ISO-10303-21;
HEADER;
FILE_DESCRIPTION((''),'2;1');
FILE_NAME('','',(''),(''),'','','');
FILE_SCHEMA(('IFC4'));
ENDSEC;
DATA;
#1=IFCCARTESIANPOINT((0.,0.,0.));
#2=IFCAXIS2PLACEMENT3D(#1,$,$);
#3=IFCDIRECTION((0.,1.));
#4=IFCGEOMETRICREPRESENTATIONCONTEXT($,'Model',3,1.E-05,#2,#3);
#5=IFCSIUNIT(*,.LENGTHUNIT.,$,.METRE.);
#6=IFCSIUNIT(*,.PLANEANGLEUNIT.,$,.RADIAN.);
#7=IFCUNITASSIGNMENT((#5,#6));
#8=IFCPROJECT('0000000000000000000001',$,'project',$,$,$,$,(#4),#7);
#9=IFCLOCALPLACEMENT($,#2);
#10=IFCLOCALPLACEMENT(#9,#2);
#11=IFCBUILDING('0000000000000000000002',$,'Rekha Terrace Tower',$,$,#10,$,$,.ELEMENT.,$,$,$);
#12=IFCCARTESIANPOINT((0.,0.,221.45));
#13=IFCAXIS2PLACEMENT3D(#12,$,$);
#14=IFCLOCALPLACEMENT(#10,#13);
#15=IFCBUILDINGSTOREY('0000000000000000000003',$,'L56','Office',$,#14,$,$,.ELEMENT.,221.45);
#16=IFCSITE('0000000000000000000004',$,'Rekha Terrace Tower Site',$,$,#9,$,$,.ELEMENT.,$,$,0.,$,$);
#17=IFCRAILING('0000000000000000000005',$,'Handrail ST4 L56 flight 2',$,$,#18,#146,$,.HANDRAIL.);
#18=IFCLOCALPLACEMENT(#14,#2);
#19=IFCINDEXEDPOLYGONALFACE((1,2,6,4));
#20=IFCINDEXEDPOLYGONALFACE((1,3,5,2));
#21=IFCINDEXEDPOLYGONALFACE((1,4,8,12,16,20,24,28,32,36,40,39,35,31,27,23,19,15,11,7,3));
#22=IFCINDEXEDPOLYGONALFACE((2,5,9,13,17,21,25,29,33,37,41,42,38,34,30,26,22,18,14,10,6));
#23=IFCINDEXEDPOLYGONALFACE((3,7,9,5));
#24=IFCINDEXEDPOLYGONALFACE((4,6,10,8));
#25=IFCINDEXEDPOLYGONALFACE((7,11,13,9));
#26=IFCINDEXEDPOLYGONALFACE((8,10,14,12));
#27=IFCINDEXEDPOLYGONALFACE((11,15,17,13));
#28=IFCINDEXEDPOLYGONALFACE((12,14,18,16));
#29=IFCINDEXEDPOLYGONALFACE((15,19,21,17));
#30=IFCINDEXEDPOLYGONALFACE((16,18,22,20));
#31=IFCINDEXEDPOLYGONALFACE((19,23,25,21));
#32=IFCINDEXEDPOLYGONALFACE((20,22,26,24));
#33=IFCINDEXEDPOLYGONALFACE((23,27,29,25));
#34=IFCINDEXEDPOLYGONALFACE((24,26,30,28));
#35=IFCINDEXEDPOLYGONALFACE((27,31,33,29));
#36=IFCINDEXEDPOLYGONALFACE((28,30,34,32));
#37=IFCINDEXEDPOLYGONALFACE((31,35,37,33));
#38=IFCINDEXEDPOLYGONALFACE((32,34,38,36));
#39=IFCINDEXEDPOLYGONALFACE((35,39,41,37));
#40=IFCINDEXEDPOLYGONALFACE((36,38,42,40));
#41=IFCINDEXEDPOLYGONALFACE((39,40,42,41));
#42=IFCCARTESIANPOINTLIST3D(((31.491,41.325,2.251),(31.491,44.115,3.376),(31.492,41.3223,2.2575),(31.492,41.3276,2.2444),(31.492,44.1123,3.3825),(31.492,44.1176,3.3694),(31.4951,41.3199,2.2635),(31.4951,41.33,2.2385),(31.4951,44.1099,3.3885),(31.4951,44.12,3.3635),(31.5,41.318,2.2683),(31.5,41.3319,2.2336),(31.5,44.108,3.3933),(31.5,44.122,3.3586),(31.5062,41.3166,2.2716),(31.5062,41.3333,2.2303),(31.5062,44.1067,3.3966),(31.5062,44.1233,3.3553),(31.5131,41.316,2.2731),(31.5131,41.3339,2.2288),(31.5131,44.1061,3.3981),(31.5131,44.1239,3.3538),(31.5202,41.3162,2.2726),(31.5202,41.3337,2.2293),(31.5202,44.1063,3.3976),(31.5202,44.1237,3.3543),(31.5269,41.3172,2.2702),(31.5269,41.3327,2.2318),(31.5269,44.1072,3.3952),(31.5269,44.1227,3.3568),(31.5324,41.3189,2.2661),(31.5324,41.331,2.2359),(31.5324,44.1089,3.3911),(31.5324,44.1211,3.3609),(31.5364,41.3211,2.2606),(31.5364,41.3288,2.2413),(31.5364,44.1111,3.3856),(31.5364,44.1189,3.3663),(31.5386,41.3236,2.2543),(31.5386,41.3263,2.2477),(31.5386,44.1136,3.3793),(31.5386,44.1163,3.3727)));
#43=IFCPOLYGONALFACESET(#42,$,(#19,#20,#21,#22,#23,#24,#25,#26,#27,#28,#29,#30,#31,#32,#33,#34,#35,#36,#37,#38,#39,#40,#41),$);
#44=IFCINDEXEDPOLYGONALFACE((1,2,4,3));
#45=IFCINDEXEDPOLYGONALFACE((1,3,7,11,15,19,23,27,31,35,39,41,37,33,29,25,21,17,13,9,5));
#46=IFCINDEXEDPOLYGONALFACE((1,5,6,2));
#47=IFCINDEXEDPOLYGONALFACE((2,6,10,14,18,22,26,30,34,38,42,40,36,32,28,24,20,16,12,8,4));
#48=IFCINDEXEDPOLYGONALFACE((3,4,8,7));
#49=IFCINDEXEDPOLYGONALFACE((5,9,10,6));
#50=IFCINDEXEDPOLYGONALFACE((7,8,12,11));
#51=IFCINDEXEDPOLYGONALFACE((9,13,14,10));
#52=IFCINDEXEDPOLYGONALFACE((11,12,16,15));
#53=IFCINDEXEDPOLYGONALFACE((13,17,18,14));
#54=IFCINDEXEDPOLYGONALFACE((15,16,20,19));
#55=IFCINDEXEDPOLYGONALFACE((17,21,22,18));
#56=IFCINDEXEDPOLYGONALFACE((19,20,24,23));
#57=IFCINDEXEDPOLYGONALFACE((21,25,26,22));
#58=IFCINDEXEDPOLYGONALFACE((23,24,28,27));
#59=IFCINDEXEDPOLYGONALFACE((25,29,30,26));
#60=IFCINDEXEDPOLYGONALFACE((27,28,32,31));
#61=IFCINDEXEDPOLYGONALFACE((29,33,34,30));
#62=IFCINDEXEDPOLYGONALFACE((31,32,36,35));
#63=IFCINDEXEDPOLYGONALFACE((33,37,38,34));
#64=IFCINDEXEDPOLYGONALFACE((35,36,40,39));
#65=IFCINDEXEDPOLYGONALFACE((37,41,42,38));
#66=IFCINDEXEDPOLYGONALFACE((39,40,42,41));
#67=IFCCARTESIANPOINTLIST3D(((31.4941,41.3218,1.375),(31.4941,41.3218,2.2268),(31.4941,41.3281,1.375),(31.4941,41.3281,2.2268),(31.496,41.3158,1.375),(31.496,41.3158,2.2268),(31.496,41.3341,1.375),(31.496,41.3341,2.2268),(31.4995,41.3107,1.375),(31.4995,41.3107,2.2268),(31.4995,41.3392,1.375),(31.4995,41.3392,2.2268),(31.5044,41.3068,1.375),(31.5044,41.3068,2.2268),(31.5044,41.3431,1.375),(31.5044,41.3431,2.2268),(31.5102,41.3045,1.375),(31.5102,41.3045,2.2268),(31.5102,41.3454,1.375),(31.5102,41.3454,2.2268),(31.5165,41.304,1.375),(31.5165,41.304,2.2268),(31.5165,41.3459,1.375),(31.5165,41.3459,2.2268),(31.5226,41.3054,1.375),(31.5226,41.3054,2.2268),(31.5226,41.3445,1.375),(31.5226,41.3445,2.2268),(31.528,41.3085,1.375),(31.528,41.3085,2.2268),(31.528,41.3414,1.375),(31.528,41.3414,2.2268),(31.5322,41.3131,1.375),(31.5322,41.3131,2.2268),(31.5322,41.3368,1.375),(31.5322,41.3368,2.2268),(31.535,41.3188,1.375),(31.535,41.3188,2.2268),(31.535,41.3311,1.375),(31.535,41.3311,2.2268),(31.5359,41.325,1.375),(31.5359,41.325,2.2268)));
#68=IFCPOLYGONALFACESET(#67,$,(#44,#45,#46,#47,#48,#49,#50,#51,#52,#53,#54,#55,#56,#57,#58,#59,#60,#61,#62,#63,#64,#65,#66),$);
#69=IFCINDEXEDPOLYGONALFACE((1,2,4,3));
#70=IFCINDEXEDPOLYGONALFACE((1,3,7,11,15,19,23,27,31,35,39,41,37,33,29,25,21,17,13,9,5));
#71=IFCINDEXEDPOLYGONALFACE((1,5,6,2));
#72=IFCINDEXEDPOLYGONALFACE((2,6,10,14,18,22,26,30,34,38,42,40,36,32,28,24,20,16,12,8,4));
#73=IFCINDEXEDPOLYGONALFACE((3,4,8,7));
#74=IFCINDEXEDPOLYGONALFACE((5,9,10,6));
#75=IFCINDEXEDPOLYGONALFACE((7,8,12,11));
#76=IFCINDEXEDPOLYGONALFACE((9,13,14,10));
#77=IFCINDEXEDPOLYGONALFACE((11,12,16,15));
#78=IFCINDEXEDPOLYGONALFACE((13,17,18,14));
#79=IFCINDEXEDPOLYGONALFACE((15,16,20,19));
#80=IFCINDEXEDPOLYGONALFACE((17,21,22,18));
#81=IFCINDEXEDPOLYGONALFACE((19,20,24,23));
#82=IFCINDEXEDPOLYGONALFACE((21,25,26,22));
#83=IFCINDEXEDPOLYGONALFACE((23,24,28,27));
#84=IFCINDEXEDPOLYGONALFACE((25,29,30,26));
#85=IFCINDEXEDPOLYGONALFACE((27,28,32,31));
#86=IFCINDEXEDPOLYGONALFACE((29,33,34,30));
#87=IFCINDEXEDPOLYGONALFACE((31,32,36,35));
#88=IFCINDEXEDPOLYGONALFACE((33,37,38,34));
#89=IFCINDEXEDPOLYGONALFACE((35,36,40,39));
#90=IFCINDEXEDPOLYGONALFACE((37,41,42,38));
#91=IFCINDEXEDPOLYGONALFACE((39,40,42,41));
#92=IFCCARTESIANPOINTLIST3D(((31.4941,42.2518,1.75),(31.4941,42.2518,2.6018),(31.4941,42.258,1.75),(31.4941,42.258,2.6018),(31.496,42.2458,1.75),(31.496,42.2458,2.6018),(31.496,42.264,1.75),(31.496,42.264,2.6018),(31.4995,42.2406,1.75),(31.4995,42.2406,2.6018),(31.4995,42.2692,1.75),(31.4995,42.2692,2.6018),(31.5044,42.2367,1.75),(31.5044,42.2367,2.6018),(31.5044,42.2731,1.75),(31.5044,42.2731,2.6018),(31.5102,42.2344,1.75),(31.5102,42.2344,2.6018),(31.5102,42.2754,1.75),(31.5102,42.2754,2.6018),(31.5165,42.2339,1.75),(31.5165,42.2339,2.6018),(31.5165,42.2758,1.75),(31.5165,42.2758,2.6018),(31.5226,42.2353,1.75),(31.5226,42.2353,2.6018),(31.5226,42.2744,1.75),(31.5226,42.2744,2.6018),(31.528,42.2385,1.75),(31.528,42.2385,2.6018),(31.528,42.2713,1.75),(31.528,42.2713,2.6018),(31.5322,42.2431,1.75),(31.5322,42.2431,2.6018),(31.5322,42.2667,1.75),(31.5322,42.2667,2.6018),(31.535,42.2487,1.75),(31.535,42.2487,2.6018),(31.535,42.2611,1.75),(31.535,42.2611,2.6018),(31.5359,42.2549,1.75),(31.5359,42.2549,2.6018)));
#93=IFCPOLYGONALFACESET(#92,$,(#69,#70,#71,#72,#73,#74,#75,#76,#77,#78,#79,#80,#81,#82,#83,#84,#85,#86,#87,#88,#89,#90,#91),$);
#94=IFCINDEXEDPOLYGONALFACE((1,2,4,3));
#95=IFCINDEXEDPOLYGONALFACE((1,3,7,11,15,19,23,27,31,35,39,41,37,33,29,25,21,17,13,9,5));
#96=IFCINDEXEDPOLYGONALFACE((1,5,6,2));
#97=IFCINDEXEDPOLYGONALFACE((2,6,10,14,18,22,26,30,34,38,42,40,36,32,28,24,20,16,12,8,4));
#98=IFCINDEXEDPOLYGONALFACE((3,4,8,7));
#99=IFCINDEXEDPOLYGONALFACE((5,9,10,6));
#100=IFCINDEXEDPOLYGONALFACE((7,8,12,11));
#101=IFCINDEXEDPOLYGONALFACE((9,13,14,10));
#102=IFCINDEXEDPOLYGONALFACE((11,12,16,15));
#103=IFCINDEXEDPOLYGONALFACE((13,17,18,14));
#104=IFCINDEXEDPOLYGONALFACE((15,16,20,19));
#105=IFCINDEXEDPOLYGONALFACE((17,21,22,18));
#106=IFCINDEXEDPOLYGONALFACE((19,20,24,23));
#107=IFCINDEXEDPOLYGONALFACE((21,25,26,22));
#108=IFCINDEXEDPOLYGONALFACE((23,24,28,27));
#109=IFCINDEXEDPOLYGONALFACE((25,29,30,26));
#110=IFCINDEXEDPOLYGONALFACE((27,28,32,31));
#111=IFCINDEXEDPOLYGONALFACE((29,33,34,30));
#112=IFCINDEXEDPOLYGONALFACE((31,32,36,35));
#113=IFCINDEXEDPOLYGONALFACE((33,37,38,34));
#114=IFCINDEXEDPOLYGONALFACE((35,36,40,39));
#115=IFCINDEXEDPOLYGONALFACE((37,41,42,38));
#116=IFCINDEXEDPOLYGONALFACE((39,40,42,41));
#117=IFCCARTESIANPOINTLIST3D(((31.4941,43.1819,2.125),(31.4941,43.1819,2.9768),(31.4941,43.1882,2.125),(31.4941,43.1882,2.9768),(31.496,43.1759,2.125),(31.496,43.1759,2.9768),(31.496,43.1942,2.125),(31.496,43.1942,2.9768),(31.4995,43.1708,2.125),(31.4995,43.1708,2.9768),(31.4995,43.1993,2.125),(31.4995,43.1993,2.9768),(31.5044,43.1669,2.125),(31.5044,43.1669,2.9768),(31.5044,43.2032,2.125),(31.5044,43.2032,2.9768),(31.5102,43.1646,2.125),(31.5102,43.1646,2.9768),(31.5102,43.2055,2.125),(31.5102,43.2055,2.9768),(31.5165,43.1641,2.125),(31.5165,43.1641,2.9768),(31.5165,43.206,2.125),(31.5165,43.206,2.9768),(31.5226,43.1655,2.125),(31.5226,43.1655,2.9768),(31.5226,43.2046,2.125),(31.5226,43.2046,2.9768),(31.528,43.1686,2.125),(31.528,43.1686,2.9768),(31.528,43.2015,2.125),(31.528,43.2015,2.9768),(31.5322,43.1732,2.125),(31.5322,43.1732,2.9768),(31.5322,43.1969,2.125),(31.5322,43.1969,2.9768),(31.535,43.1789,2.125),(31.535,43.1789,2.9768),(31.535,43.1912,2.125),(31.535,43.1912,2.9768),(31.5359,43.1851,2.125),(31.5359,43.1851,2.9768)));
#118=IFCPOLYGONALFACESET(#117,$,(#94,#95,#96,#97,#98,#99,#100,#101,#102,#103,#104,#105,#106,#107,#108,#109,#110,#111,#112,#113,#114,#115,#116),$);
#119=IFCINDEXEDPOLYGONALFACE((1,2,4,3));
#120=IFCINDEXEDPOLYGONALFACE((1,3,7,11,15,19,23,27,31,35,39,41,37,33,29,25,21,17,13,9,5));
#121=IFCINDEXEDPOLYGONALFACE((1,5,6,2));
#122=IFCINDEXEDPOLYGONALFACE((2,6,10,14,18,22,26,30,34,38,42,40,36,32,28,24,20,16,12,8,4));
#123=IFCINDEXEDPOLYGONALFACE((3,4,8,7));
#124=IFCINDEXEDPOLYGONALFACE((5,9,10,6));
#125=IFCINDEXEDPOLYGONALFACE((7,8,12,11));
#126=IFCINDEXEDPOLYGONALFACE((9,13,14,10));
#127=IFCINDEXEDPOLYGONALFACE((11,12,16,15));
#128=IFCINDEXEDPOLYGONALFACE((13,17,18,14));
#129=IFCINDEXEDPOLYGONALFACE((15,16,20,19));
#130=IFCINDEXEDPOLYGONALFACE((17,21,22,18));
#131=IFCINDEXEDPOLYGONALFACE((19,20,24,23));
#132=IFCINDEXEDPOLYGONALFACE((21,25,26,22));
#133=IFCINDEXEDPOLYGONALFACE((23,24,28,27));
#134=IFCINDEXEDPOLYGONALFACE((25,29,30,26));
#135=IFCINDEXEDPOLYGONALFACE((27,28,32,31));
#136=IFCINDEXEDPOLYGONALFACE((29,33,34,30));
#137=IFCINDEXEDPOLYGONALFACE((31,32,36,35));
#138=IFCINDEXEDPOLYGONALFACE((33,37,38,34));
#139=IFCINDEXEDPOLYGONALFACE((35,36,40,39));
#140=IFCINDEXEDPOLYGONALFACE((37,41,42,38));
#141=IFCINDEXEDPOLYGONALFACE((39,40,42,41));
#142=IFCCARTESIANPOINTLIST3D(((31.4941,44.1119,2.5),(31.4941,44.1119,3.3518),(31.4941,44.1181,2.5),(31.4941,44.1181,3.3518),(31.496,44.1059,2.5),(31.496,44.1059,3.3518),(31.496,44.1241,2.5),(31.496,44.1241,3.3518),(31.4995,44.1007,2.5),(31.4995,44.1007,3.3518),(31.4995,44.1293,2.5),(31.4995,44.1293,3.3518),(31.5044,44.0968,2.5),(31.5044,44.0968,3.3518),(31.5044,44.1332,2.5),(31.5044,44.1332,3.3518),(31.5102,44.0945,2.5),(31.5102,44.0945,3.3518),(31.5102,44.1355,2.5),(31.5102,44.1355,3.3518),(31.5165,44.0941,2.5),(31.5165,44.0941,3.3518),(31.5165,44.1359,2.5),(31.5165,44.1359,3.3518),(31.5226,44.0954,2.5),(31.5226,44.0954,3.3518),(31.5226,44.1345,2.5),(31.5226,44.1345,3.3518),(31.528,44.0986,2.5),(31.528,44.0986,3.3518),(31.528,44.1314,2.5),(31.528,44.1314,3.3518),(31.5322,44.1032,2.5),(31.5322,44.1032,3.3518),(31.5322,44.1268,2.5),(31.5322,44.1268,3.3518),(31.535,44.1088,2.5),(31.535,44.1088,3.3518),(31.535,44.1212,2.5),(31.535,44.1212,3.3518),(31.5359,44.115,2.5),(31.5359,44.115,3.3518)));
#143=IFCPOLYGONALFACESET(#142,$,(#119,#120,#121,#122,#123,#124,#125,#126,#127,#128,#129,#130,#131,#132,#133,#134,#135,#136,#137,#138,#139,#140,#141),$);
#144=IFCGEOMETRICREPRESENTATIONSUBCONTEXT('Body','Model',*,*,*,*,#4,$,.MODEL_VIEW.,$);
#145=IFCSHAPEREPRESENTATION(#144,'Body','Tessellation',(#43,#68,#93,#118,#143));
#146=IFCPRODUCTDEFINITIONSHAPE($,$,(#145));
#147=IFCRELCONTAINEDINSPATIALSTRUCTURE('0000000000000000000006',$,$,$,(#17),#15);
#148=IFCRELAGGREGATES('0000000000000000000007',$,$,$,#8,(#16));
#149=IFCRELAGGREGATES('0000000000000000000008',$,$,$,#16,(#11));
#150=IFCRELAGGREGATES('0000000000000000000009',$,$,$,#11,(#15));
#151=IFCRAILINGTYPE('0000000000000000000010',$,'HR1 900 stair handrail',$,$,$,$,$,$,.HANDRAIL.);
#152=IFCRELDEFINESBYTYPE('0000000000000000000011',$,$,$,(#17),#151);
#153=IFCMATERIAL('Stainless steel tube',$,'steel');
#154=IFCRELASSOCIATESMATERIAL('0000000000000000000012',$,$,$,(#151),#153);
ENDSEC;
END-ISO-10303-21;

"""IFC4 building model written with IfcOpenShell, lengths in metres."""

from ifc_helpers import new_model, si_unit, direction, frame, origin, origin_2d, place, context, subcontext, project, spatial, circle, extrude, material, type_object, element, save


model = new_model("IFC4")

# Units and contexts
model_context = context("Model", 3, precision=1e-05, world=origin(), true_north=direction((0.0, 1.0)))
body_context = subcontext(model_context, "Body", "Model", "MODEL_VIEW")
ifc_project = project(units=[si_unit("LENGTHUNIT", "METRE"), si_unit("PLANEANGLEUNIT", "RADIAN")], contexts=[model_context])

# Site, building, storey
site_placement = place(None, origin())
site = spatial("IfcSite", under=ifc_project, at=site_placement, Name="Rekha Terrace Tower Site", CompositionType="ELEMENT", RefElevation=0.0)
building_placement = place(site_placement, origin())
building = spatial("IfcBuilding", under=site, at=building_placement, Name="Rekha Terrace Tower", CompositionType="ELEMENT")
storey_placement = place(building_placement, frame((0.0, 0.0, 221.45)))
storey = spatial("IfcBuildingStorey", under=building, at=storey_placement, Name="L56", Description="Office", CompositionType="ELEMENT", Elevation=221.45)

# Railing
ifc_material_1 = material(Name="Stainless steel tube", Category="steel")
railing_type_1 = type_object("IfcRailingType", Name="HR1 900 stair handrail", PredefinedType="HANDRAIL", material=ifc_material_1)
railing_1_placement = place(storey_placement, frame((31.5149, 41.325, 1.375)))
element("IfcRailing", 1, at=railing_1_placement, inside=storey, type_object=railing_type_1, Name="Handrail ST4 L56 flight 2", PredefinedType="HANDRAIL", context=body_context, shape_type="SweptSolid", body=[
    extrude(circle(Radius=0.0239, at=origin_2d()), frame((0.0, 0.0, 0.876), z_axis=(0.0, 0.927443, 0.373964), x_axis=(-1.0, 0.0, 0.0)), (0.0, 0.0, 1.0), 3.0083),
    extrude(circle(Radius=0.021, at=origin_2d()), origin(), (0.0, 0.0, 1.0), 0.8518),
    extrude(circle(Radius=0.021, at=origin_2d()), frame((0.0, 0.9299, 0.375)), (0.0, 0.0, 1.0), 0.8518),
    extrude(circle(Radius=0.021, at=origin_2d()), frame((0.0, 1.8601, 0.75)), (0.0, 0.0, 1.0), 0.8518),
    extrude(circle(Radius=0.021, at=origin_2d()), frame((0.0, 2.79, 1.125)), (0.0, 0.0, 1.0), 0.8518),
])

save(model, "model.ifc")
